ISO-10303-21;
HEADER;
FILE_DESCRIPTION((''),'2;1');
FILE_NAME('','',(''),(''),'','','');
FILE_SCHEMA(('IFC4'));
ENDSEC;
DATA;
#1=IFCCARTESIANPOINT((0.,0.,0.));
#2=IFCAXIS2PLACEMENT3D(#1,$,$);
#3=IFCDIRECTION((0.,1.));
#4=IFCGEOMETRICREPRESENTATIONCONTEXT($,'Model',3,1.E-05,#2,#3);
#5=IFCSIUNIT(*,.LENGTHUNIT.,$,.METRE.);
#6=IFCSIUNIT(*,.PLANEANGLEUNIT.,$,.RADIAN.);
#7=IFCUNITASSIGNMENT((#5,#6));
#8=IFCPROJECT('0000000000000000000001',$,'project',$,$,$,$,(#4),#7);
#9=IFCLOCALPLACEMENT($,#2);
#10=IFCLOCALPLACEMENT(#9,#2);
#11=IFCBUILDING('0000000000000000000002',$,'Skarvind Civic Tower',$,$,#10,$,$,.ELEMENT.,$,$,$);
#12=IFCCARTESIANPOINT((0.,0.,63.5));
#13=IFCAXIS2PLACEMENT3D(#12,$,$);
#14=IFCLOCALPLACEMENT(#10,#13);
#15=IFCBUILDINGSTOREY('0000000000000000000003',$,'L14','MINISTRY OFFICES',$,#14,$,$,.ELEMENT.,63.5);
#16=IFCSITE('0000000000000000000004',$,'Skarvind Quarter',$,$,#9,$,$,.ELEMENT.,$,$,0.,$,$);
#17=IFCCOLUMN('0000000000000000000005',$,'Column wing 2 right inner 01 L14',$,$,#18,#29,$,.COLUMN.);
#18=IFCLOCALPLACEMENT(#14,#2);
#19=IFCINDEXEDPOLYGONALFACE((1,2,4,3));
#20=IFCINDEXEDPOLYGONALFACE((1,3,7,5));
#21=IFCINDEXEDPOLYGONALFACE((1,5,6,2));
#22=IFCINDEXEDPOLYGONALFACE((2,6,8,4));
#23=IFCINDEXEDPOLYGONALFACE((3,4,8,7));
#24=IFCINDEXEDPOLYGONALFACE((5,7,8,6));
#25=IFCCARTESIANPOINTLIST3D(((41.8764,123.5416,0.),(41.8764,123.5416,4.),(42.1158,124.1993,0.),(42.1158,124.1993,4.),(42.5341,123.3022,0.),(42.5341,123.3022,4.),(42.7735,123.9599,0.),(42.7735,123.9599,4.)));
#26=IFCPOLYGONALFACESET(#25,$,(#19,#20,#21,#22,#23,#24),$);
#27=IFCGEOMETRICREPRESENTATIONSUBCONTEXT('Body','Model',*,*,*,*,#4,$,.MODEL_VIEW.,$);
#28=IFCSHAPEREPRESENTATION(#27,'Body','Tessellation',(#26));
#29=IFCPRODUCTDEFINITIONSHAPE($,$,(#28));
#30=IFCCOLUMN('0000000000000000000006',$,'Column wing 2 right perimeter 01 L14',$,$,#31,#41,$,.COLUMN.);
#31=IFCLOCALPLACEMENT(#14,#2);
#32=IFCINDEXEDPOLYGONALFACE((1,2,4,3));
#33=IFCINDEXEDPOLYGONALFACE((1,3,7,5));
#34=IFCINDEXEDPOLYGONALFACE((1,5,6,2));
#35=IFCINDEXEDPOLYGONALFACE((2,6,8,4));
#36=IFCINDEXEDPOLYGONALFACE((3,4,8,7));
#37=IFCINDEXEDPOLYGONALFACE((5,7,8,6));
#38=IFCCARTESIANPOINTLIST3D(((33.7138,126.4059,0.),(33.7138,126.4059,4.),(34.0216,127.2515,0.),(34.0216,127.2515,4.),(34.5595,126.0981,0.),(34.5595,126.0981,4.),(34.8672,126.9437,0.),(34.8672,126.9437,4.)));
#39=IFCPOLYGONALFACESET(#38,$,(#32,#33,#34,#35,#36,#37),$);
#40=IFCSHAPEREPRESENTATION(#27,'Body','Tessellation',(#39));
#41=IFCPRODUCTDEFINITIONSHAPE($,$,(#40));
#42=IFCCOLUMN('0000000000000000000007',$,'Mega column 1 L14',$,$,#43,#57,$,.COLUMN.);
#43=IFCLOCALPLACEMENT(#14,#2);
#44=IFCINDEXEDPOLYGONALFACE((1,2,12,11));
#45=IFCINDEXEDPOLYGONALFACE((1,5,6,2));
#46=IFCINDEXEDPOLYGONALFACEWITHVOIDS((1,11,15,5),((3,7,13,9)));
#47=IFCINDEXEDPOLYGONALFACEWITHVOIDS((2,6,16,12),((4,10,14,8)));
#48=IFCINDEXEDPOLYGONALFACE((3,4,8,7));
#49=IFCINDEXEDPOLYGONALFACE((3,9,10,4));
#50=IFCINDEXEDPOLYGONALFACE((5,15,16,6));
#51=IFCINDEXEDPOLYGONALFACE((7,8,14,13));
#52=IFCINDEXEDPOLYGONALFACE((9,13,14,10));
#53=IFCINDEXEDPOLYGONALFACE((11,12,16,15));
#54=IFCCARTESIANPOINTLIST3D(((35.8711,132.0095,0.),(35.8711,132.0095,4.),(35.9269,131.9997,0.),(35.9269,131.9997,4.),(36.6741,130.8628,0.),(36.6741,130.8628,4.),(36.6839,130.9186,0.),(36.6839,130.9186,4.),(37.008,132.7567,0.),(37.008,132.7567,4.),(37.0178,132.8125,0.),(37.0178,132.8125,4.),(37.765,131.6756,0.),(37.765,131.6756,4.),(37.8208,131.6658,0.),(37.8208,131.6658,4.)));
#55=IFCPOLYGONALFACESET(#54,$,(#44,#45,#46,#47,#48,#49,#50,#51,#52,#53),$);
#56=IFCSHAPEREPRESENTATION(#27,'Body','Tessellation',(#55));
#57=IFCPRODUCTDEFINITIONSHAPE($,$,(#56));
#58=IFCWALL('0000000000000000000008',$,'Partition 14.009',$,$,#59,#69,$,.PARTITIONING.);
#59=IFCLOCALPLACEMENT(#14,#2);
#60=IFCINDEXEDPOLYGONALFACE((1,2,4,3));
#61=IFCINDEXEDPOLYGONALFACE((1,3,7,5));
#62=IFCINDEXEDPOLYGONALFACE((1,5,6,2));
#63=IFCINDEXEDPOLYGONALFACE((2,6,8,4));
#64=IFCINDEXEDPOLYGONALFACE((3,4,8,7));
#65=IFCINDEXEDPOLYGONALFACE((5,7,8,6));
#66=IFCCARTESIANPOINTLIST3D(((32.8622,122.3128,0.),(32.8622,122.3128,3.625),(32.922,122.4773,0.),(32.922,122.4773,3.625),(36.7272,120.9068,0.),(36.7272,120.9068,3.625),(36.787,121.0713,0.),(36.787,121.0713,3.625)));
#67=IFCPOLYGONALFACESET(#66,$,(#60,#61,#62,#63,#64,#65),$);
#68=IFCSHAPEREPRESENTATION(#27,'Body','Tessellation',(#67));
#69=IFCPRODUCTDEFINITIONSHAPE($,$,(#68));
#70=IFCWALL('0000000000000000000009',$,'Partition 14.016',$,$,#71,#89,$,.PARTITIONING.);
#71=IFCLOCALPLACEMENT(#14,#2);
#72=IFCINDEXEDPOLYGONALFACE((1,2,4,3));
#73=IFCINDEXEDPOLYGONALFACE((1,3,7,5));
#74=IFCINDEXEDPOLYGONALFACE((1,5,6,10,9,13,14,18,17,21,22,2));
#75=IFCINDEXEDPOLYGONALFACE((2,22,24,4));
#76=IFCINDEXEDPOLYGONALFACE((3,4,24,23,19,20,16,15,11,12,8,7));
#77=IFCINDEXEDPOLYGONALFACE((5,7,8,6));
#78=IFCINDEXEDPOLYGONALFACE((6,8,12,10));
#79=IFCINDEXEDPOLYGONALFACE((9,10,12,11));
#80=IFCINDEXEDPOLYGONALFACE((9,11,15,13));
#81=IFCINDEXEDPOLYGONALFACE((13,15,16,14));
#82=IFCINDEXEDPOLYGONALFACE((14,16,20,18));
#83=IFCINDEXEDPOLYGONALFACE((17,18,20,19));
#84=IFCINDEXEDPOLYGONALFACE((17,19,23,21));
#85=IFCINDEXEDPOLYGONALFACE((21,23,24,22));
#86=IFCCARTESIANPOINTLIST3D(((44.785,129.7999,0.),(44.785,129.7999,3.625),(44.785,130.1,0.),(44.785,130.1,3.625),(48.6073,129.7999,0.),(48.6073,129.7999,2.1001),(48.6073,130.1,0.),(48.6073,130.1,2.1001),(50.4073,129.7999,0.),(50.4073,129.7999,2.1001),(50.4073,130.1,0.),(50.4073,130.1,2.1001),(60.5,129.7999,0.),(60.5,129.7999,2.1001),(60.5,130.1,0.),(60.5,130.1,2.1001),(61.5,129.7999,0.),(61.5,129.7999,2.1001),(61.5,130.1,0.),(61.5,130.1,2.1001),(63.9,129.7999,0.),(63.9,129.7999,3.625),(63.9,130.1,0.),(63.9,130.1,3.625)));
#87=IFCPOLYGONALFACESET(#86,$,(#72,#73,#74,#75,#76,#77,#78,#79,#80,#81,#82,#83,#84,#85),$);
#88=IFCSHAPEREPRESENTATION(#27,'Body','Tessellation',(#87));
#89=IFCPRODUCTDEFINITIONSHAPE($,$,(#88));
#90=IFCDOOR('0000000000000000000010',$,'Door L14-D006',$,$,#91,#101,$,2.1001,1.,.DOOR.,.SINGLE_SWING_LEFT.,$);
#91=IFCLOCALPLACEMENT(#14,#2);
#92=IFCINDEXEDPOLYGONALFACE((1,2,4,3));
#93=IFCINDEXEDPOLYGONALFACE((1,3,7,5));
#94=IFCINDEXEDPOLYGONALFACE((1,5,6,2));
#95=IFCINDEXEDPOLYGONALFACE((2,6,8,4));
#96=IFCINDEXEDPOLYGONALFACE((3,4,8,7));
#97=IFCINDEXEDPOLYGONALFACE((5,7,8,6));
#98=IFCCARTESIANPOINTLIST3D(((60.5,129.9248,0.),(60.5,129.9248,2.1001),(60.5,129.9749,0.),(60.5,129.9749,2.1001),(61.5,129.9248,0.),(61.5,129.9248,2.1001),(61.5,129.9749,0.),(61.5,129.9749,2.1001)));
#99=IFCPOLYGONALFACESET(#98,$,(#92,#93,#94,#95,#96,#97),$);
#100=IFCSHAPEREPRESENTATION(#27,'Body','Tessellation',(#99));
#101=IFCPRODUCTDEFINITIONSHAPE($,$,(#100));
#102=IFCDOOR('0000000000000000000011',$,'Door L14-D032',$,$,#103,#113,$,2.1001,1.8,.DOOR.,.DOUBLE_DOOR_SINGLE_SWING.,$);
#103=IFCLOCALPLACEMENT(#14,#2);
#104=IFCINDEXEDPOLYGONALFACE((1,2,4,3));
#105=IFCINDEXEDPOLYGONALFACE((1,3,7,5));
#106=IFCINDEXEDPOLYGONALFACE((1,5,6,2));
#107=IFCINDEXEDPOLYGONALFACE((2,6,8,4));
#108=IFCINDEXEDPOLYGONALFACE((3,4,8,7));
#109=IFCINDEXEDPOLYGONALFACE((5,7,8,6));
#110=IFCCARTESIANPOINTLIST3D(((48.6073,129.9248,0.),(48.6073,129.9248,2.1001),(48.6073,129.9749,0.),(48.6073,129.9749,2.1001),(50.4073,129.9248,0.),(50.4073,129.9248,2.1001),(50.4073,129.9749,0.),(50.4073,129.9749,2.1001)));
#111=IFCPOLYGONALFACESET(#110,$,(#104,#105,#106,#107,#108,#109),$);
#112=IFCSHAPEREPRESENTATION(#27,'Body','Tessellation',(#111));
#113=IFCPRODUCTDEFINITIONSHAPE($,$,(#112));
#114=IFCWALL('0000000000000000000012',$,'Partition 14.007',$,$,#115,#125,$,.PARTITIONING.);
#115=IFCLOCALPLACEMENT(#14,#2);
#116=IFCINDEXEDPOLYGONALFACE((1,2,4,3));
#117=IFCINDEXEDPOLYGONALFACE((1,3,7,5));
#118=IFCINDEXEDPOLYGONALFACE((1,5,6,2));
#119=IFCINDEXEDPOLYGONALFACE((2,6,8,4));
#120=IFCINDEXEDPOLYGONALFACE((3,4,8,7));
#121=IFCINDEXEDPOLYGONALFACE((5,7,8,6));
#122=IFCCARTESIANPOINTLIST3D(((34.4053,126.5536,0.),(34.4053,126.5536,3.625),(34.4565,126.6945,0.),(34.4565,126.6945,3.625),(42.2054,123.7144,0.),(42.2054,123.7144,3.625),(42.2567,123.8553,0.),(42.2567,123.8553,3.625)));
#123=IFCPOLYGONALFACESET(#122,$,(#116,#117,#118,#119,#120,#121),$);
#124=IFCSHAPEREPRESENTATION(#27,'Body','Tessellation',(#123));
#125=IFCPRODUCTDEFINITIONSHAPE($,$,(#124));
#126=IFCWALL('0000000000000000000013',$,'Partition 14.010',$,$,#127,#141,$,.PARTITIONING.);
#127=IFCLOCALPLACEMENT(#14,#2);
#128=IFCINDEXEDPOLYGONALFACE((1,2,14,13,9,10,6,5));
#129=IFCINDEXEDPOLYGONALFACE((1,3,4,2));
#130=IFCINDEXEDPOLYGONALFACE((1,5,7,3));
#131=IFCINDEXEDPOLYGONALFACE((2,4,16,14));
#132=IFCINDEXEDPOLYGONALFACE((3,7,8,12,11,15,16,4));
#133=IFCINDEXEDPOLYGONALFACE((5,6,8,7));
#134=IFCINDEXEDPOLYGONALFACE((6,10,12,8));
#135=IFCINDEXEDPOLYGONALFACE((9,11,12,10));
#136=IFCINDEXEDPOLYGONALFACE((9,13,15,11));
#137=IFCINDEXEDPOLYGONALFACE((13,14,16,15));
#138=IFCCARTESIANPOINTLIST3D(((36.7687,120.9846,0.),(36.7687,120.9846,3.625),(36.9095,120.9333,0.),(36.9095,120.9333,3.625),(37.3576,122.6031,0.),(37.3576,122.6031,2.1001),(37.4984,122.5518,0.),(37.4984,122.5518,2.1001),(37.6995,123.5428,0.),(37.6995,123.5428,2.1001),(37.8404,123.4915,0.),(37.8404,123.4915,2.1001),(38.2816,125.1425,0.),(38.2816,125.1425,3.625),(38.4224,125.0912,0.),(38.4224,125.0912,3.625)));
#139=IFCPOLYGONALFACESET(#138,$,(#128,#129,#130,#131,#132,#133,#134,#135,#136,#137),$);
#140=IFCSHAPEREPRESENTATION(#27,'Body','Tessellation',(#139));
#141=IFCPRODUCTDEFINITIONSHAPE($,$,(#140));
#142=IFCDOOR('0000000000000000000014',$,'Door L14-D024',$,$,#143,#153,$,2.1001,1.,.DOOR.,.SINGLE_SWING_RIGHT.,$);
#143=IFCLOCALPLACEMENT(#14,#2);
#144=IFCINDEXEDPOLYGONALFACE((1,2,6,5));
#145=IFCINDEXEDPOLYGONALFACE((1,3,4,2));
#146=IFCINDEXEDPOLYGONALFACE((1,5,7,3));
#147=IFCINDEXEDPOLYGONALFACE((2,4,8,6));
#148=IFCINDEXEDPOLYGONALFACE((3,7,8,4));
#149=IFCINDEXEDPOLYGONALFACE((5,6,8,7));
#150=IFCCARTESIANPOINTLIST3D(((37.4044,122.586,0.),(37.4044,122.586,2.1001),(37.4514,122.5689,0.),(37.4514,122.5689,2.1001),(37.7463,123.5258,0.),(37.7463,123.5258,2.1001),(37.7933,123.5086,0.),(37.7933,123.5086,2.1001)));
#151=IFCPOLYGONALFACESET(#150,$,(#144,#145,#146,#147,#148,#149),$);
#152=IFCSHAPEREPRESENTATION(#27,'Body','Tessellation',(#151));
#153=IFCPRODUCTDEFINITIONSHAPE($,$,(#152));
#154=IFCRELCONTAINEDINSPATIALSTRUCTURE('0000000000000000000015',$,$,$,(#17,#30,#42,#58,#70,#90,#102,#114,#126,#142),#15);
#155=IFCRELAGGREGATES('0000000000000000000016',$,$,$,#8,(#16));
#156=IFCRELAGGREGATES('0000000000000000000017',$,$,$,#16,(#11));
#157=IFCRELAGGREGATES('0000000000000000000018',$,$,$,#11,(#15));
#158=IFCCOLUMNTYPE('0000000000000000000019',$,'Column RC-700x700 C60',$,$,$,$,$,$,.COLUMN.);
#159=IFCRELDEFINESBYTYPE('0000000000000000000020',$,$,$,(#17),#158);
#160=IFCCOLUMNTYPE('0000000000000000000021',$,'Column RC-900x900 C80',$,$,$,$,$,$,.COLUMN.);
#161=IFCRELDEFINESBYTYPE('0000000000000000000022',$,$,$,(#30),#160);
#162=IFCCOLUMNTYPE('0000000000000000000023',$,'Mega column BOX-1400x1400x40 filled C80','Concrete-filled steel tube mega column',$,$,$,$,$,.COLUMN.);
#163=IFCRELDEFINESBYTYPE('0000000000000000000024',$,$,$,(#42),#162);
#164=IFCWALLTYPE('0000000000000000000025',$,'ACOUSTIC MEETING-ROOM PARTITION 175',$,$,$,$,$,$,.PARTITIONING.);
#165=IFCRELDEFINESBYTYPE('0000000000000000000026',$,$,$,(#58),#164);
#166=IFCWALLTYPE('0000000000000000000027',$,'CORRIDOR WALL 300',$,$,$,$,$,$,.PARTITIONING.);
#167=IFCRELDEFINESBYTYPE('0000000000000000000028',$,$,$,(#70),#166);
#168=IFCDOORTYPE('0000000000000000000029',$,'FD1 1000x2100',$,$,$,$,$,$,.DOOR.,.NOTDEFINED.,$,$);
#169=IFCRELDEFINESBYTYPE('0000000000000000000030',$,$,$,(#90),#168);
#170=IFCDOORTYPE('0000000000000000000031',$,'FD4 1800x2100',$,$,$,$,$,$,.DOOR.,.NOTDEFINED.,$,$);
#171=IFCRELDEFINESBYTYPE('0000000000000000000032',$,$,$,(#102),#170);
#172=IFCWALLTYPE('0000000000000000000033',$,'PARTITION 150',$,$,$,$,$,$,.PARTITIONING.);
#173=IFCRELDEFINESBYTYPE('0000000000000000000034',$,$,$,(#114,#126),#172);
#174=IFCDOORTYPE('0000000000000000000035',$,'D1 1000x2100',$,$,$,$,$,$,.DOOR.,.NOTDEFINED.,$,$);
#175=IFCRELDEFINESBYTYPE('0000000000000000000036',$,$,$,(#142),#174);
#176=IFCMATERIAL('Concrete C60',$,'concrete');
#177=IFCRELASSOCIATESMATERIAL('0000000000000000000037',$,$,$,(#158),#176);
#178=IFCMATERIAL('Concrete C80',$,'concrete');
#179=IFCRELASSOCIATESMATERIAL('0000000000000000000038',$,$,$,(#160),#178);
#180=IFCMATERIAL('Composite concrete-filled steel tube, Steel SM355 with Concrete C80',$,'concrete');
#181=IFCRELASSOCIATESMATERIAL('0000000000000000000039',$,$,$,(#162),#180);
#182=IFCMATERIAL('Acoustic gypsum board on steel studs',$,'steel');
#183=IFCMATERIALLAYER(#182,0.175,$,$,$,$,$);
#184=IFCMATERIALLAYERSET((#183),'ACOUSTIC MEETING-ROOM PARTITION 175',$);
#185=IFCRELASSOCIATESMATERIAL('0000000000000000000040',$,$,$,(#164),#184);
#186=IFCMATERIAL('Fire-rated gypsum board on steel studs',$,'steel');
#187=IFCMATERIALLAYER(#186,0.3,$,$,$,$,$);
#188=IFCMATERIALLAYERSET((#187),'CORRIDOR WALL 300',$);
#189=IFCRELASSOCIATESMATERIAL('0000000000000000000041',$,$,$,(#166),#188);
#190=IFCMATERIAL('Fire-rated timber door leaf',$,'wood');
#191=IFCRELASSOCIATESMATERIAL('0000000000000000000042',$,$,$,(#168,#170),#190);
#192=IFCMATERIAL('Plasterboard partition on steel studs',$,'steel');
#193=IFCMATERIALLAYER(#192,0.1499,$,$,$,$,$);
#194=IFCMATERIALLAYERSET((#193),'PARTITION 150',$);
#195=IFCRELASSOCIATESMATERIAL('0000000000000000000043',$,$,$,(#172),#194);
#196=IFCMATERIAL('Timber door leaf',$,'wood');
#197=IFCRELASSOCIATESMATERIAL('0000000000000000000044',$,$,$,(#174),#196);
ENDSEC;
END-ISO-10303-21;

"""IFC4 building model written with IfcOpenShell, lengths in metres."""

from ifc_helpers import new_model, si_unit, direction, frame, frame_2d, origin, origin_2d, place, context, subcontext, project, spatial, rectangle, hollow_rectangle, extrude, material, layer, layer_set, material_profile, profile_set, type_object, element, fill, save


model = new_model("IFC4")

# Units and contexts
model_context = context("Model", 3, precision=1e-05, world=origin(), true_north=direction((0.0, 1.0)))
body_context = subcontext(model_context, "Body", "Model", "MODEL_VIEW")
ifc_project = project(units=[si_unit("LENGTHUNIT", "METRE"), si_unit("PLANEANGLEUNIT", "RADIAN")], contexts=[model_context])

# Site, building, storey
site_placement = place(None, origin())
site = spatial("IfcSite", under=ifc_project, at=site_placement, Name="Skarvind Quarter", CompositionType="ELEMENT", RefElevation=0.0)
building_placement = place(site_placement, origin())
building = spatial("IfcBuilding", under=site, at=building_placement, Name="Skarvind Civic Tower", CompositionType="ELEMENT")
storey_placement = place(building_placement, frame((0.0, 0.0, 63.5)))
storey = spatial("IfcBuildingStorey", under=building, at=storey_placement, Name="L14", Description="MINISTRY OFFICES", CompositionType="ELEMENT", Elevation=63.5)

# Columns
ifc_material_1 = material(Name="Concrete C60", Category="concrete")
ifc_material_profile_1 = material_profile(ifc_material_1, rectangle(XDim=0.7, YDim=0.7, at=origin_2d()), Name="RC-700x700")
ifc_profile_set_1 = profile_set([ifc_material_profile_1], Name="Concrete C60")
column_type_1 = type_object("IfcColumnType", Name="Column RC-700x700 C60", PredefinedType="COLUMN", material=ifc_profile_set_1)
column_1_placement = place(storey_placement, frame((42.325, 123.7507, 0.0), z_axis=(0.0, 0.0, 1.0), x_axis=(-0.34202, -0.939693, 0.0)))
element("IfcColumn", 1, at=column_1_placement, inside=storey, type_object=column_type_1, Name="Column wing 2 right inner 01 L14", PredefinedType="COLUMN", context=body_context, shape_type="SweptSolid", body=[
    extrude(rectangle(XDim=0.7, YDim=0.7, at=origin_2d()), origin(), (0.0, 0.0, 1.0), 4.0),
])
ifc_material_2 = material(Name="Concrete C80", Category="concrete")
ifc_material_profile_2 = material_profile(ifc_material_2, rectangle(XDim=0.8999, YDim=0.8999, at=origin_2d()), Name="RC-900x900")
ifc_profile_set_2 = profile_set([ifc_material_profile_2], Name="Concrete C80")
column_type_2 = type_object("IfcColumnType", Name="Column RC-900x900 C80", PredefinedType="COLUMN", material=ifc_profile_set_2)
column_2_placement = place(storey_placement, frame((34.2905, 126.6748, 0.0), z_axis=(0.0, 0.0, 1.0), x_axis=(-0.34202, -0.939693, 0.0)))
element("IfcColumn", 2, at=column_2_placement, inside=storey, type_object=column_type_2, Name="Column wing 2 right perimeter 01 L14", PredefinedType="COLUMN", context=body_context, shape_type="SweptSolid", body=[
    extrude(rectangle(XDim=0.8999, YDim=0.8999, at=origin_2d()), origin(), (0.0, 0.0, 1.0), 4.0),
])
ifc_material_3 = material(Name="Composite concrete-filled steel tube, Steel SM355 with Concrete C80", Category="concrete")
ifc_material_profile_3 = material_profile(ifc_material_3, hollow_rectangle(XDim=1.3999, YDim=1.3999, WallThickness=0.04, at=origin_2d()), Name="BOX-1400x1400x40")
ifc_profile_set_3 = profile_set([ifc_material_profile_3], Name="Composite concrete-filled steel tube, Steel SM355 with Concrete C80")
column_type_3 = type_object("IfcColumnType", Name="Mega column BOX-1400x1400x40 filled C80", Description="Concrete-filled steel tube mega column", PredefinedType="COLUMN", material=ifc_profile_set_3)
column_3_placement = place(storey_placement, frame((36.8459, 131.8376, 0.0), z_axis=(0.0, 0.0, 1.0), x_axis=(0.573576, -0.819152, 0.0)))
element("IfcColumn", 3, at=column_3_placement, inside=storey, type_object=column_type_3, Name="Mega column 1 L14", PredefinedType="COLUMN", context=body_context, shape_type="SweptSolid", body=[
    extrude(hollow_rectangle(XDim=1.3999, YDim=1.3999, WallThickness=0.04, at=origin_2d()), origin(), (0.0, 0.0, 1.0), 4.0),
])

# Wall
ifc_material_4 = material(Name="Acoustic gypsum board on steel studs", Category="steel")
ifc_layer_1 = layer(ifc_material_4, 0.175)
ifc_layer_set_1 = layer_set([ifc_layer_1], Name="ACOUSTIC MEETING-ROOM PARTITION 175")
wall_type_1 = type_object("IfcWallType", Name="ACOUSTIC MEETING-ROOM PARTITION 175", PredefinedType="PARTITIONING", material=ifc_layer_set_1)
wall_1_placement = place(storey_placement, frame((36.7571, 120.989, 0.0), z_axis=(0.0, 0.0, 1.0), x_axis=(-0.93975, 0.341862, 0.0)))
element("IfcWall", 4, at=wall_1_placement, inside=storey, type_object=wall_type_1, Name="Partition 14.009", PredefinedType="PARTITIONING", context=body_context, shape_type="SweptSolid", body=[
    extrude(rectangle(XDim=4.1128, YDim=0.175, at=frame_2d((2.0564, 0.0))), origin(), (0.0, 0.0, 1.0), 3.625),
])

# Wall, openings, doors
ifc_material_5 = material(Name="Fire-rated gypsum board on steel studs", Category="steel")
ifc_layer_2 = layer(ifc_material_5, 0.3)
ifc_layer_set_2 = layer_set([ifc_layer_2], Name="CORRIDOR WALL 300")
wall_type_2 = type_object("IfcWallType", Name="CORRIDOR WALL 300", PredefinedType="PARTITIONING", material=ifc_layer_set_2)
wall_2_placement = place(storey_placement, frame((44.7849, 129.95, 0.0), z_axis=(0.0, 0.0, 1.0), x_axis=(1.0, 0.0, 0.0)))
wall_2 = element("IfcWall", 5, at=wall_2_placement, inside=storey, type_object=wall_type_2, Name="Partition 14.016", PredefinedType="PARTITIONING", context=body_context, shape_type="SweptSolid", body=[
    extrude(rectangle(XDim=19.115, YDim=0.3, at=frame_2d((9.5576, 0.0))), origin(), (0.0, 0.0, 1.0), 3.625),
])
opening_1_placement = place(wall_2_placement, frame((15.7151, 0.0, 0.0)))
opening_1 = element("IfcOpeningElement", 6, at=opening_1_placement, cuts=wall_2, PredefinedType="OPENING", context=body_context, shape_type="SweptSolid", body=[
    extrude(rectangle(XDim=1.0, YDim=2.1001, at=frame_2d((0.5, 1.05))), frame((0.0, 0.1599, 0.0), z_axis=(0.0, -1.0, 0.0), x_axis=(1.0, 0.0, 0.0)), (0.0, 0.0, 1.0), 0.3201),
])
opening_2_placement = place(wall_2_placement, frame((3.8225, 0.0, 0.0)))
opening_2 = element("IfcOpeningElement", 7, at=opening_2_placement, cuts=wall_2, PredefinedType="OPENING", context=body_context, shape_type="SweptSolid", body=[
    extrude(rectangle(XDim=1.8, YDim=2.1001, at=frame_2d((0.8999, 1.05))), frame((0.0, 0.1599, 0.0), z_axis=(0.0, -1.0, 0.0), x_axis=(1.0, 0.0, 0.0)), (0.0, 0.0, 1.0), 0.3201),
])
ifc_material_6 = material(Name="Fire-rated timber door leaf", Category="wood")
door_type_1 = type_object("IfcDoorType", Name="FD1 1000x2100", OperationType="NOTDEFINED", PredefinedType="DOOR", material=ifc_material_6)
door_1_placement = place(opening_1_placement, origin())
door_1 = element("IfcDoor", 8, at=door_1_placement, inside=storey, type_object=door_type_1, Name="Door L14-D006", OperationType="SINGLE_SWING_LEFT", OverallHeight=2.1001, OverallWidth=1.0, PredefinedType="DOOR", context=body_context, shape_type="SweptSolid", body=[
    extrude(rectangle(XDim=1.0, YDim=2.1001, at=frame_2d((0.5, 1.05))), frame((0.0, 0.0249, 0.0), z_axis=(0.0, -1.0, 0.0), x_axis=(1.0, 0.0, 0.0)), (0.0, 0.0, 1.0), 0.05),
])
fill(opening_1, door_1)
door_type_2 = type_object("IfcDoorType", Name="FD4 1800x2100", OperationType="NOTDEFINED", PredefinedType="DOOR", material=ifc_material_6)
door_2_placement = place(opening_2_placement, origin())
door_2 = element("IfcDoor", 9, at=door_2_placement, inside=storey, type_object=door_type_2, Name="Door L14-D032", OperationType="DOUBLE_DOOR_SINGLE_SWING", OverallHeight=2.1001, OverallWidth=1.8, PredefinedType="DOOR", context=body_context, shape_type="SweptSolid", body=[
    extrude(rectangle(XDim=1.8, YDim=2.1001, at=frame_2d((0.8999, 1.05))), frame((0.0, 0.0249, 0.0), z_axis=(0.0, -1.0, 0.0), x_axis=(1.0, 0.0, 0.0)), (0.0, 0.0, 1.0), 0.05),
])
fill(opening_2, door_2)

# Wall
ifc_material_7 = material(Name="Plasterboard partition on steel studs", Category="steel")
ifc_layer_3 = layer(ifc_material_7, 0.1499)
ifc_layer_set_3 = layer_set([ifc_layer_3], Name="PARTITION 150")
wall_type_3 = type_object("IfcWallType", Name="PARTITION 150", PredefinedType="PARTITIONING", material=ifc_layer_set_3)
wall_3_placement = place(storey_placement, frame((34.4309, 126.624, 0.0), z_axis=(0.0, 0.0, 1.0), x_axis=(0.939688, -0.342034, 0.0)))
element("IfcWall", 10, at=wall_3_placement, inside=storey, type_object=wall_type_3, Name="Partition 14.007", PredefinedType="PARTITIONING", context=body_context, shape_type="SweptSolid", body=[
    extrude(rectangle(XDim=8.3008, YDim=0.1499, at=frame_2d((4.1504, 0.0))), origin(), (0.0, 0.0, 1.0), 3.625),
])

# Wall, opening, door
wall_4_placement = place(storey_placement, frame((38.3521, 125.1169, 0.0), z_axis=(0.0, 0.0, 1.0), x_axis=(-0.341934, -0.939724, 0.0)))
wall_4 = element("IfcWall", 11, at=wall_4_placement, inside=storey, type_object=wall_type_3, Name="Partition 14.010", PredefinedType="PARTITIONING", context=body_context, shape_type="SweptSolid", body=[
    extrude(rectangle(XDim=4.4246, YDim=0.1499, at=frame_2d((2.2124, 0.0))), origin(), (0.0, 0.0, 1.0), 3.625),
])
opening_3_placement = place(wall_4_placement, frame((1.7024, 0.0, 0.0)))
opening_3 = element("IfcOpeningElement", 12, at=opening_3_placement, cuts=wall_4, PredefinedType="OPENING", context=body_context, shape_type="SweptSolid", body=[
    extrude(rectangle(XDim=1.0, YDim=2.1001, at=frame_2d((0.5, 1.05))), frame((0.0, 0.085, 0.0), z_axis=(0.0, -1.0, 0.0), x_axis=(1.0, 0.0, 0.0)), (0.0, 0.0, 1.0), 0.1699),
])
ifc_material_8 = material(Name="Timber door leaf", Category="wood")
door_type_3 = type_object("IfcDoorType", Name="D1 1000x2100", OperationType="NOTDEFINED", PredefinedType="DOOR", material=ifc_material_8)
door_3_placement = place(opening_3_placement, origin())
door_3 = element("IfcDoor", 13, at=door_3_placement, inside=storey, type_object=door_type_3, Name="Door L14-D024", OperationType="SINGLE_SWING_RIGHT", OverallHeight=2.1001, OverallWidth=1.0, PredefinedType="DOOR", context=body_context, shape_type="SweptSolid", body=[
    extrude(rectangle(XDim=1.0, YDim=2.1001, at=frame_2d((0.5, 1.05))), frame((0.0, 0.0249, 0.0), z_axis=(0.0, -1.0, 0.0), x_axis=(1.0, 0.0, 0.0)), (0.0, 0.0, 1.0), 0.05),
])
fill(opening_3, door_3)

save(model, "model.ifc")
